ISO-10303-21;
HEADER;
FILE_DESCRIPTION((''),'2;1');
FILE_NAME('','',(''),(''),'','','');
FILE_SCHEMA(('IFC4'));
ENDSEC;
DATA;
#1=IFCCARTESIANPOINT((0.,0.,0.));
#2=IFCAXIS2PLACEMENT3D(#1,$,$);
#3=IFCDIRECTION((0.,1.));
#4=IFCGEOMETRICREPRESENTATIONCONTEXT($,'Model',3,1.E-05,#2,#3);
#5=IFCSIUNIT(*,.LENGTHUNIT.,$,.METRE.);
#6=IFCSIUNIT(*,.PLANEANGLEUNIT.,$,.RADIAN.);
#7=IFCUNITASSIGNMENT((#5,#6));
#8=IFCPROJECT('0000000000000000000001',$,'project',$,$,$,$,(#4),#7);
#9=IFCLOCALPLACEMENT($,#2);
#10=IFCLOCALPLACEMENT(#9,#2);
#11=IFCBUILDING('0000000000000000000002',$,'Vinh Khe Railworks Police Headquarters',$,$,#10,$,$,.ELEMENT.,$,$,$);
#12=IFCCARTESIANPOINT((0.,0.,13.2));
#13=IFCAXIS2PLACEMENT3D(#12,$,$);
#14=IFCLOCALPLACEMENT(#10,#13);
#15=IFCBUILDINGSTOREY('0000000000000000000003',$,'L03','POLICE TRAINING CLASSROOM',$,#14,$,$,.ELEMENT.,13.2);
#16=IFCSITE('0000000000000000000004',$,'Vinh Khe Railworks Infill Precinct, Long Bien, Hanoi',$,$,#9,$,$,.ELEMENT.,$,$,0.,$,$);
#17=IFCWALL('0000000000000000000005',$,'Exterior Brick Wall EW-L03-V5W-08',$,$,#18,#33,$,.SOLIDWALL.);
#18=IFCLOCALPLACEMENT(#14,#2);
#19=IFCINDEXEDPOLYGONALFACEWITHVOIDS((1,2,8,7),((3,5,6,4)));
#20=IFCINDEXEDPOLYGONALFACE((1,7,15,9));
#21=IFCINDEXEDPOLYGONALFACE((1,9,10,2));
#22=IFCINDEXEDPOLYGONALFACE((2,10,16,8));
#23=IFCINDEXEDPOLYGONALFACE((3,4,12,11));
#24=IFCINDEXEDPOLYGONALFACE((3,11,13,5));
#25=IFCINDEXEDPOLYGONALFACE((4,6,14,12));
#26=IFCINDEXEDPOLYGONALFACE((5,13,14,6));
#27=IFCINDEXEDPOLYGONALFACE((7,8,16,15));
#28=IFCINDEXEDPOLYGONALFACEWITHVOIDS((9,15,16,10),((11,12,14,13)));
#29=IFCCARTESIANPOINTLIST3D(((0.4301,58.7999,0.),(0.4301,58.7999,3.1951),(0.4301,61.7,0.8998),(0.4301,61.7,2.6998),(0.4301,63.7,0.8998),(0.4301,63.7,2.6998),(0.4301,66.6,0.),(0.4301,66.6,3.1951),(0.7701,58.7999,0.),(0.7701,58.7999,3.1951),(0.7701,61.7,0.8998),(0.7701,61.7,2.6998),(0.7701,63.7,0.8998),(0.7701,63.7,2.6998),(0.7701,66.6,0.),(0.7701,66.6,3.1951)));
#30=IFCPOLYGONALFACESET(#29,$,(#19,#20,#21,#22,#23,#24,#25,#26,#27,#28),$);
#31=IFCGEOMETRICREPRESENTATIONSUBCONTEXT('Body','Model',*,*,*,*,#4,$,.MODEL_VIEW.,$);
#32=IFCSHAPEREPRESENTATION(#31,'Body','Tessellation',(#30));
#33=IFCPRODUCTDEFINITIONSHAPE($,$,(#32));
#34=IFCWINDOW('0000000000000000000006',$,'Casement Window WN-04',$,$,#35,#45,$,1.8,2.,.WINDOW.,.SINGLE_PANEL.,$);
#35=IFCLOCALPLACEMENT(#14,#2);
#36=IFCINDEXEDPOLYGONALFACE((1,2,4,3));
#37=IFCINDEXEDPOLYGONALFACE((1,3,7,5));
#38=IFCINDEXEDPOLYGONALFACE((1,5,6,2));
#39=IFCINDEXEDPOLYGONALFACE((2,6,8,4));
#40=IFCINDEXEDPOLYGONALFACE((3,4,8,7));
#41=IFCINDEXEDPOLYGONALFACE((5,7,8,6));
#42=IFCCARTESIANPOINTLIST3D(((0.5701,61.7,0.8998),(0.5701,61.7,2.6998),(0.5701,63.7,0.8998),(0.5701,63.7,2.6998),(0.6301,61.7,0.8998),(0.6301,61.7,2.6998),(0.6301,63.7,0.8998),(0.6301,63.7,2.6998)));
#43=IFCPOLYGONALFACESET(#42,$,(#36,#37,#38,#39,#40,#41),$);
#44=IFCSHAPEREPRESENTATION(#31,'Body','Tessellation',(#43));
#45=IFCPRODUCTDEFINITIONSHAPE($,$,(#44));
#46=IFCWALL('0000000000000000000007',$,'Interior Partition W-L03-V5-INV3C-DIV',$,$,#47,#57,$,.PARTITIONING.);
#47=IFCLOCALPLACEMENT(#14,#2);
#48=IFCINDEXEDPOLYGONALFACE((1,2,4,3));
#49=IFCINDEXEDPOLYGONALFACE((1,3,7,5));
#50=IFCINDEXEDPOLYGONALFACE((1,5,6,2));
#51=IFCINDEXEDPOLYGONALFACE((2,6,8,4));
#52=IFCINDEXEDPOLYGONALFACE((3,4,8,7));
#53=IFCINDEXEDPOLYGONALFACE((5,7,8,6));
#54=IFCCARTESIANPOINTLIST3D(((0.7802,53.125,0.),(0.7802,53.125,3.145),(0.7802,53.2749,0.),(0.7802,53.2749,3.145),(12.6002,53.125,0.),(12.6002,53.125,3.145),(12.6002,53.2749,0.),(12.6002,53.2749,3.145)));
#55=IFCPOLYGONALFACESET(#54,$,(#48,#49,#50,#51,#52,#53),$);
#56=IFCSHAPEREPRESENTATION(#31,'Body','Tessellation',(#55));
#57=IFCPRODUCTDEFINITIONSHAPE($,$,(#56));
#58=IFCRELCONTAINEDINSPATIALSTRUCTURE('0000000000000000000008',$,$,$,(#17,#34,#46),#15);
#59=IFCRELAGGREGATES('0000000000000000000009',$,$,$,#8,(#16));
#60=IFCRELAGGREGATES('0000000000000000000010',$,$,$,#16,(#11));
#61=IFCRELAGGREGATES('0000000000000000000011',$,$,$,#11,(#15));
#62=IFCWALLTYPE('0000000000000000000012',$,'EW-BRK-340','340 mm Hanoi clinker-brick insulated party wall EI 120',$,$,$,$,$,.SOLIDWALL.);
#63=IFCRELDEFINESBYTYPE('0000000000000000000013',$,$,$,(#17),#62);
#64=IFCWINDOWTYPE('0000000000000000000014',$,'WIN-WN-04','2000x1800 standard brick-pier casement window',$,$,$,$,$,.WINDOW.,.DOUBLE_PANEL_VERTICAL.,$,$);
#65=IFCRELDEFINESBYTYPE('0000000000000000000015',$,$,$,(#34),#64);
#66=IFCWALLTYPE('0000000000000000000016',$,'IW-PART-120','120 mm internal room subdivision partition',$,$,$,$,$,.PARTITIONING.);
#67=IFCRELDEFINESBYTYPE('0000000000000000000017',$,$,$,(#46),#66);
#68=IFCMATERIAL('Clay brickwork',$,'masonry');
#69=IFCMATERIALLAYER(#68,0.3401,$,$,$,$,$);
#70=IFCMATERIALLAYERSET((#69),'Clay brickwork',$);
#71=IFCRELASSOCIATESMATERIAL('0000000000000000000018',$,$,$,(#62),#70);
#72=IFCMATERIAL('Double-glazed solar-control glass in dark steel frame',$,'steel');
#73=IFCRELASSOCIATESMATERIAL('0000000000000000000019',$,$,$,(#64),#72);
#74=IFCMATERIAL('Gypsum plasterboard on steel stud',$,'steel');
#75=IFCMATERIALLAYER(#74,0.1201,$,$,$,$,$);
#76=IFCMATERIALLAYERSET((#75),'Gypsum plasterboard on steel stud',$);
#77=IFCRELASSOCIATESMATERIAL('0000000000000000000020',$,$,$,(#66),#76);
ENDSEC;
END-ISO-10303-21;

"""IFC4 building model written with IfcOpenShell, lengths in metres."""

from ifc_helpers import new_model, si_unit, direction, frame, frame_2d, origin, place, context, subcontext, project, spatial, rectangle, extrude, material, layer, layer_set, type_object, element, fill, save


model = new_model("IFC4")

# Units and contexts
model_context = context("Model", 3, precision=1e-05, world=origin(), true_north=direction((0.0, 1.0)))
body_context = subcontext(model_context, "Body", "Model", "MODEL_VIEW")
ifc_project = project(units=[si_unit("LENGTHUNIT", "METRE"), si_unit("PLANEANGLEUNIT", "RADIAN")], contexts=[model_context])

# Site, building, storey
site_placement = place(None, origin())
site = spatial("IfcSite", under=ifc_project, at=site_placement, Name="Vinh Khe Railworks Infill Precinct, Long Bien, Hanoi", CompositionType="ELEMENT", RefElevation=0.0)
building_placement = place(site_placement, origin())
building = spatial("IfcBuilding", under=site, at=building_placement, Name="Vinh Khe Railworks Police Headquarters", CompositionType="ELEMENT")
storey_placement = place(building_placement, frame((0.0, 0.0, 13.2)))
storey = spatial("IfcBuildingStorey", under=building, at=storey_placement, Name="L03", Description="POLICE TRAINING CLASSROOM", CompositionType="ELEMENT", Elevation=13.2)

# Wall, opening, window
ifc_material_1 = material(Name="Clay brickwork", Category="masonry")
ifc_layer_1 = layer(ifc_material_1, 0.3401)
ifc_layer_set_1 = layer_set([ifc_layer_1], Name="Clay brickwork")
wall_type_1 = type_object("IfcWallType", Name="EW-BRK-340", Description="340 mm Hanoi clinker-brick insulated party wall EI 120", PredefinedType="SOLIDWALL", material=ifc_layer_set_1)
ifc_material_2 = material(Name="Double-glazed solar-control glass in dark steel frame", Category="steel")
window_type = type_object("IfcWindowType", Name="WIN-WN-04", Description="2000x1800 standard brick-pier casement window", PartitioningType="DOUBLE_PANEL_VERTICAL", PredefinedType="WINDOW", material=ifc_material_2)
wall_1_placement = place(storey_placement, frame((0.6001, 58.8, 0.0), z_axis=(0.0, 0.0, 1.0), x_axis=(0.0, 1.0, 0.0)))
wall_1 = element("IfcWall", 1, at=wall_1_placement, inside=storey, type_object=wall_type_1, Name="Exterior Brick Wall EW-L03-V5W-08", PredefinedType="SOLIDWALL", context=body_context, shape_type="SweptSolid", body=[
    extrude(rectangle(XDim=7.8, YDim=0.3401, at=frame_2d((3.8999, 0.0))), origin(), (0.0, 0.0, 1.0), 3.1951),
])
opening_1_placement = place(wall_1_placement, frame((2.8999, 0.0, 0.8999)))
opening_1 = element("IfcOpeningElement", 2, at=opening_1_placement, cuts=wall_1, PredefinedType="OPENING", context=body_context, shape_type="SweptSolid", body=[
    extrude(rectangle(XDim=2.0, YDim=1.8, at=frame_2d((1.0, 0.8999))), frame((0.0, 0.1851, 0.0), z_axis=(0.0, -1.0, 0.0), x_axis=(1.0, 0.0, 0.0)), (0.0, 0.0, 1.0), 0.3699),
])
window_1_placement = place(opening_1_placement, origin())
window_1 = element("IfcWindow", 3, at=window_1_placement, inside=storey, type_object=window_type, Name="Casement Window WN-04", OverallHeight=1.8, OverallWidth=2.0, PartitioningType="SINGLE_PANEL", PredefinedType="WINDOW", context=body_context, shape_type="SweptSolid", body=[
    extrude(rectangle(XDim=2.0, YDim=1.8, at=frame_2d((1.0, 0.8999))), frame((0.0, 0.03, 0.0), z_axis=(0.0, -1.0, 0.0), x_axis=(1.0, 0.0, 0.0)), (0.0, 0.0, 1.0), 0.0601),
])
fill(opening_1, window_1)

# Wall
ifc_material_3 = material(Name="Gypsum plasterboard on steel stud", Category="steel")
ifc_layer_2 = layer(ifc_material_3, 0.1201)
ifc_layer_set_2 = layer_set([ifc_layer_2], Name="Gypsum plasterboard on steel stud")
wall_type_2 = type_object("IfcWallType", Name="IW-PART-120", Description="120 mm internal room subdivision partition", PredefinedType="PARTITIONING", material=ifc_layer_set_2)
wall_2_placement = place(storey_placement, frame((0.78, 53.2, 0.0), z_axis=(0.0, 0.0, 1.0), x_axis=(1.0, 0.0, 0.0)))
element("IfcWall", 4, at=wall_2_placement, inside=storey, type_object=wall_type_2, Name="Interior Partition W-L03-V5-INV3C-DIV", PredefinedType="PARTITIONING", context=body_context, shape_type="SweptSolid", body=[
    extrude(rectangle(XDim=11.8201, YDim=0.1499, at=frame_2d((5.9102, 0.0))), origin(), (0.0, 0.0, 1.0), 3.145),
])

save(model, "model.ifc")
